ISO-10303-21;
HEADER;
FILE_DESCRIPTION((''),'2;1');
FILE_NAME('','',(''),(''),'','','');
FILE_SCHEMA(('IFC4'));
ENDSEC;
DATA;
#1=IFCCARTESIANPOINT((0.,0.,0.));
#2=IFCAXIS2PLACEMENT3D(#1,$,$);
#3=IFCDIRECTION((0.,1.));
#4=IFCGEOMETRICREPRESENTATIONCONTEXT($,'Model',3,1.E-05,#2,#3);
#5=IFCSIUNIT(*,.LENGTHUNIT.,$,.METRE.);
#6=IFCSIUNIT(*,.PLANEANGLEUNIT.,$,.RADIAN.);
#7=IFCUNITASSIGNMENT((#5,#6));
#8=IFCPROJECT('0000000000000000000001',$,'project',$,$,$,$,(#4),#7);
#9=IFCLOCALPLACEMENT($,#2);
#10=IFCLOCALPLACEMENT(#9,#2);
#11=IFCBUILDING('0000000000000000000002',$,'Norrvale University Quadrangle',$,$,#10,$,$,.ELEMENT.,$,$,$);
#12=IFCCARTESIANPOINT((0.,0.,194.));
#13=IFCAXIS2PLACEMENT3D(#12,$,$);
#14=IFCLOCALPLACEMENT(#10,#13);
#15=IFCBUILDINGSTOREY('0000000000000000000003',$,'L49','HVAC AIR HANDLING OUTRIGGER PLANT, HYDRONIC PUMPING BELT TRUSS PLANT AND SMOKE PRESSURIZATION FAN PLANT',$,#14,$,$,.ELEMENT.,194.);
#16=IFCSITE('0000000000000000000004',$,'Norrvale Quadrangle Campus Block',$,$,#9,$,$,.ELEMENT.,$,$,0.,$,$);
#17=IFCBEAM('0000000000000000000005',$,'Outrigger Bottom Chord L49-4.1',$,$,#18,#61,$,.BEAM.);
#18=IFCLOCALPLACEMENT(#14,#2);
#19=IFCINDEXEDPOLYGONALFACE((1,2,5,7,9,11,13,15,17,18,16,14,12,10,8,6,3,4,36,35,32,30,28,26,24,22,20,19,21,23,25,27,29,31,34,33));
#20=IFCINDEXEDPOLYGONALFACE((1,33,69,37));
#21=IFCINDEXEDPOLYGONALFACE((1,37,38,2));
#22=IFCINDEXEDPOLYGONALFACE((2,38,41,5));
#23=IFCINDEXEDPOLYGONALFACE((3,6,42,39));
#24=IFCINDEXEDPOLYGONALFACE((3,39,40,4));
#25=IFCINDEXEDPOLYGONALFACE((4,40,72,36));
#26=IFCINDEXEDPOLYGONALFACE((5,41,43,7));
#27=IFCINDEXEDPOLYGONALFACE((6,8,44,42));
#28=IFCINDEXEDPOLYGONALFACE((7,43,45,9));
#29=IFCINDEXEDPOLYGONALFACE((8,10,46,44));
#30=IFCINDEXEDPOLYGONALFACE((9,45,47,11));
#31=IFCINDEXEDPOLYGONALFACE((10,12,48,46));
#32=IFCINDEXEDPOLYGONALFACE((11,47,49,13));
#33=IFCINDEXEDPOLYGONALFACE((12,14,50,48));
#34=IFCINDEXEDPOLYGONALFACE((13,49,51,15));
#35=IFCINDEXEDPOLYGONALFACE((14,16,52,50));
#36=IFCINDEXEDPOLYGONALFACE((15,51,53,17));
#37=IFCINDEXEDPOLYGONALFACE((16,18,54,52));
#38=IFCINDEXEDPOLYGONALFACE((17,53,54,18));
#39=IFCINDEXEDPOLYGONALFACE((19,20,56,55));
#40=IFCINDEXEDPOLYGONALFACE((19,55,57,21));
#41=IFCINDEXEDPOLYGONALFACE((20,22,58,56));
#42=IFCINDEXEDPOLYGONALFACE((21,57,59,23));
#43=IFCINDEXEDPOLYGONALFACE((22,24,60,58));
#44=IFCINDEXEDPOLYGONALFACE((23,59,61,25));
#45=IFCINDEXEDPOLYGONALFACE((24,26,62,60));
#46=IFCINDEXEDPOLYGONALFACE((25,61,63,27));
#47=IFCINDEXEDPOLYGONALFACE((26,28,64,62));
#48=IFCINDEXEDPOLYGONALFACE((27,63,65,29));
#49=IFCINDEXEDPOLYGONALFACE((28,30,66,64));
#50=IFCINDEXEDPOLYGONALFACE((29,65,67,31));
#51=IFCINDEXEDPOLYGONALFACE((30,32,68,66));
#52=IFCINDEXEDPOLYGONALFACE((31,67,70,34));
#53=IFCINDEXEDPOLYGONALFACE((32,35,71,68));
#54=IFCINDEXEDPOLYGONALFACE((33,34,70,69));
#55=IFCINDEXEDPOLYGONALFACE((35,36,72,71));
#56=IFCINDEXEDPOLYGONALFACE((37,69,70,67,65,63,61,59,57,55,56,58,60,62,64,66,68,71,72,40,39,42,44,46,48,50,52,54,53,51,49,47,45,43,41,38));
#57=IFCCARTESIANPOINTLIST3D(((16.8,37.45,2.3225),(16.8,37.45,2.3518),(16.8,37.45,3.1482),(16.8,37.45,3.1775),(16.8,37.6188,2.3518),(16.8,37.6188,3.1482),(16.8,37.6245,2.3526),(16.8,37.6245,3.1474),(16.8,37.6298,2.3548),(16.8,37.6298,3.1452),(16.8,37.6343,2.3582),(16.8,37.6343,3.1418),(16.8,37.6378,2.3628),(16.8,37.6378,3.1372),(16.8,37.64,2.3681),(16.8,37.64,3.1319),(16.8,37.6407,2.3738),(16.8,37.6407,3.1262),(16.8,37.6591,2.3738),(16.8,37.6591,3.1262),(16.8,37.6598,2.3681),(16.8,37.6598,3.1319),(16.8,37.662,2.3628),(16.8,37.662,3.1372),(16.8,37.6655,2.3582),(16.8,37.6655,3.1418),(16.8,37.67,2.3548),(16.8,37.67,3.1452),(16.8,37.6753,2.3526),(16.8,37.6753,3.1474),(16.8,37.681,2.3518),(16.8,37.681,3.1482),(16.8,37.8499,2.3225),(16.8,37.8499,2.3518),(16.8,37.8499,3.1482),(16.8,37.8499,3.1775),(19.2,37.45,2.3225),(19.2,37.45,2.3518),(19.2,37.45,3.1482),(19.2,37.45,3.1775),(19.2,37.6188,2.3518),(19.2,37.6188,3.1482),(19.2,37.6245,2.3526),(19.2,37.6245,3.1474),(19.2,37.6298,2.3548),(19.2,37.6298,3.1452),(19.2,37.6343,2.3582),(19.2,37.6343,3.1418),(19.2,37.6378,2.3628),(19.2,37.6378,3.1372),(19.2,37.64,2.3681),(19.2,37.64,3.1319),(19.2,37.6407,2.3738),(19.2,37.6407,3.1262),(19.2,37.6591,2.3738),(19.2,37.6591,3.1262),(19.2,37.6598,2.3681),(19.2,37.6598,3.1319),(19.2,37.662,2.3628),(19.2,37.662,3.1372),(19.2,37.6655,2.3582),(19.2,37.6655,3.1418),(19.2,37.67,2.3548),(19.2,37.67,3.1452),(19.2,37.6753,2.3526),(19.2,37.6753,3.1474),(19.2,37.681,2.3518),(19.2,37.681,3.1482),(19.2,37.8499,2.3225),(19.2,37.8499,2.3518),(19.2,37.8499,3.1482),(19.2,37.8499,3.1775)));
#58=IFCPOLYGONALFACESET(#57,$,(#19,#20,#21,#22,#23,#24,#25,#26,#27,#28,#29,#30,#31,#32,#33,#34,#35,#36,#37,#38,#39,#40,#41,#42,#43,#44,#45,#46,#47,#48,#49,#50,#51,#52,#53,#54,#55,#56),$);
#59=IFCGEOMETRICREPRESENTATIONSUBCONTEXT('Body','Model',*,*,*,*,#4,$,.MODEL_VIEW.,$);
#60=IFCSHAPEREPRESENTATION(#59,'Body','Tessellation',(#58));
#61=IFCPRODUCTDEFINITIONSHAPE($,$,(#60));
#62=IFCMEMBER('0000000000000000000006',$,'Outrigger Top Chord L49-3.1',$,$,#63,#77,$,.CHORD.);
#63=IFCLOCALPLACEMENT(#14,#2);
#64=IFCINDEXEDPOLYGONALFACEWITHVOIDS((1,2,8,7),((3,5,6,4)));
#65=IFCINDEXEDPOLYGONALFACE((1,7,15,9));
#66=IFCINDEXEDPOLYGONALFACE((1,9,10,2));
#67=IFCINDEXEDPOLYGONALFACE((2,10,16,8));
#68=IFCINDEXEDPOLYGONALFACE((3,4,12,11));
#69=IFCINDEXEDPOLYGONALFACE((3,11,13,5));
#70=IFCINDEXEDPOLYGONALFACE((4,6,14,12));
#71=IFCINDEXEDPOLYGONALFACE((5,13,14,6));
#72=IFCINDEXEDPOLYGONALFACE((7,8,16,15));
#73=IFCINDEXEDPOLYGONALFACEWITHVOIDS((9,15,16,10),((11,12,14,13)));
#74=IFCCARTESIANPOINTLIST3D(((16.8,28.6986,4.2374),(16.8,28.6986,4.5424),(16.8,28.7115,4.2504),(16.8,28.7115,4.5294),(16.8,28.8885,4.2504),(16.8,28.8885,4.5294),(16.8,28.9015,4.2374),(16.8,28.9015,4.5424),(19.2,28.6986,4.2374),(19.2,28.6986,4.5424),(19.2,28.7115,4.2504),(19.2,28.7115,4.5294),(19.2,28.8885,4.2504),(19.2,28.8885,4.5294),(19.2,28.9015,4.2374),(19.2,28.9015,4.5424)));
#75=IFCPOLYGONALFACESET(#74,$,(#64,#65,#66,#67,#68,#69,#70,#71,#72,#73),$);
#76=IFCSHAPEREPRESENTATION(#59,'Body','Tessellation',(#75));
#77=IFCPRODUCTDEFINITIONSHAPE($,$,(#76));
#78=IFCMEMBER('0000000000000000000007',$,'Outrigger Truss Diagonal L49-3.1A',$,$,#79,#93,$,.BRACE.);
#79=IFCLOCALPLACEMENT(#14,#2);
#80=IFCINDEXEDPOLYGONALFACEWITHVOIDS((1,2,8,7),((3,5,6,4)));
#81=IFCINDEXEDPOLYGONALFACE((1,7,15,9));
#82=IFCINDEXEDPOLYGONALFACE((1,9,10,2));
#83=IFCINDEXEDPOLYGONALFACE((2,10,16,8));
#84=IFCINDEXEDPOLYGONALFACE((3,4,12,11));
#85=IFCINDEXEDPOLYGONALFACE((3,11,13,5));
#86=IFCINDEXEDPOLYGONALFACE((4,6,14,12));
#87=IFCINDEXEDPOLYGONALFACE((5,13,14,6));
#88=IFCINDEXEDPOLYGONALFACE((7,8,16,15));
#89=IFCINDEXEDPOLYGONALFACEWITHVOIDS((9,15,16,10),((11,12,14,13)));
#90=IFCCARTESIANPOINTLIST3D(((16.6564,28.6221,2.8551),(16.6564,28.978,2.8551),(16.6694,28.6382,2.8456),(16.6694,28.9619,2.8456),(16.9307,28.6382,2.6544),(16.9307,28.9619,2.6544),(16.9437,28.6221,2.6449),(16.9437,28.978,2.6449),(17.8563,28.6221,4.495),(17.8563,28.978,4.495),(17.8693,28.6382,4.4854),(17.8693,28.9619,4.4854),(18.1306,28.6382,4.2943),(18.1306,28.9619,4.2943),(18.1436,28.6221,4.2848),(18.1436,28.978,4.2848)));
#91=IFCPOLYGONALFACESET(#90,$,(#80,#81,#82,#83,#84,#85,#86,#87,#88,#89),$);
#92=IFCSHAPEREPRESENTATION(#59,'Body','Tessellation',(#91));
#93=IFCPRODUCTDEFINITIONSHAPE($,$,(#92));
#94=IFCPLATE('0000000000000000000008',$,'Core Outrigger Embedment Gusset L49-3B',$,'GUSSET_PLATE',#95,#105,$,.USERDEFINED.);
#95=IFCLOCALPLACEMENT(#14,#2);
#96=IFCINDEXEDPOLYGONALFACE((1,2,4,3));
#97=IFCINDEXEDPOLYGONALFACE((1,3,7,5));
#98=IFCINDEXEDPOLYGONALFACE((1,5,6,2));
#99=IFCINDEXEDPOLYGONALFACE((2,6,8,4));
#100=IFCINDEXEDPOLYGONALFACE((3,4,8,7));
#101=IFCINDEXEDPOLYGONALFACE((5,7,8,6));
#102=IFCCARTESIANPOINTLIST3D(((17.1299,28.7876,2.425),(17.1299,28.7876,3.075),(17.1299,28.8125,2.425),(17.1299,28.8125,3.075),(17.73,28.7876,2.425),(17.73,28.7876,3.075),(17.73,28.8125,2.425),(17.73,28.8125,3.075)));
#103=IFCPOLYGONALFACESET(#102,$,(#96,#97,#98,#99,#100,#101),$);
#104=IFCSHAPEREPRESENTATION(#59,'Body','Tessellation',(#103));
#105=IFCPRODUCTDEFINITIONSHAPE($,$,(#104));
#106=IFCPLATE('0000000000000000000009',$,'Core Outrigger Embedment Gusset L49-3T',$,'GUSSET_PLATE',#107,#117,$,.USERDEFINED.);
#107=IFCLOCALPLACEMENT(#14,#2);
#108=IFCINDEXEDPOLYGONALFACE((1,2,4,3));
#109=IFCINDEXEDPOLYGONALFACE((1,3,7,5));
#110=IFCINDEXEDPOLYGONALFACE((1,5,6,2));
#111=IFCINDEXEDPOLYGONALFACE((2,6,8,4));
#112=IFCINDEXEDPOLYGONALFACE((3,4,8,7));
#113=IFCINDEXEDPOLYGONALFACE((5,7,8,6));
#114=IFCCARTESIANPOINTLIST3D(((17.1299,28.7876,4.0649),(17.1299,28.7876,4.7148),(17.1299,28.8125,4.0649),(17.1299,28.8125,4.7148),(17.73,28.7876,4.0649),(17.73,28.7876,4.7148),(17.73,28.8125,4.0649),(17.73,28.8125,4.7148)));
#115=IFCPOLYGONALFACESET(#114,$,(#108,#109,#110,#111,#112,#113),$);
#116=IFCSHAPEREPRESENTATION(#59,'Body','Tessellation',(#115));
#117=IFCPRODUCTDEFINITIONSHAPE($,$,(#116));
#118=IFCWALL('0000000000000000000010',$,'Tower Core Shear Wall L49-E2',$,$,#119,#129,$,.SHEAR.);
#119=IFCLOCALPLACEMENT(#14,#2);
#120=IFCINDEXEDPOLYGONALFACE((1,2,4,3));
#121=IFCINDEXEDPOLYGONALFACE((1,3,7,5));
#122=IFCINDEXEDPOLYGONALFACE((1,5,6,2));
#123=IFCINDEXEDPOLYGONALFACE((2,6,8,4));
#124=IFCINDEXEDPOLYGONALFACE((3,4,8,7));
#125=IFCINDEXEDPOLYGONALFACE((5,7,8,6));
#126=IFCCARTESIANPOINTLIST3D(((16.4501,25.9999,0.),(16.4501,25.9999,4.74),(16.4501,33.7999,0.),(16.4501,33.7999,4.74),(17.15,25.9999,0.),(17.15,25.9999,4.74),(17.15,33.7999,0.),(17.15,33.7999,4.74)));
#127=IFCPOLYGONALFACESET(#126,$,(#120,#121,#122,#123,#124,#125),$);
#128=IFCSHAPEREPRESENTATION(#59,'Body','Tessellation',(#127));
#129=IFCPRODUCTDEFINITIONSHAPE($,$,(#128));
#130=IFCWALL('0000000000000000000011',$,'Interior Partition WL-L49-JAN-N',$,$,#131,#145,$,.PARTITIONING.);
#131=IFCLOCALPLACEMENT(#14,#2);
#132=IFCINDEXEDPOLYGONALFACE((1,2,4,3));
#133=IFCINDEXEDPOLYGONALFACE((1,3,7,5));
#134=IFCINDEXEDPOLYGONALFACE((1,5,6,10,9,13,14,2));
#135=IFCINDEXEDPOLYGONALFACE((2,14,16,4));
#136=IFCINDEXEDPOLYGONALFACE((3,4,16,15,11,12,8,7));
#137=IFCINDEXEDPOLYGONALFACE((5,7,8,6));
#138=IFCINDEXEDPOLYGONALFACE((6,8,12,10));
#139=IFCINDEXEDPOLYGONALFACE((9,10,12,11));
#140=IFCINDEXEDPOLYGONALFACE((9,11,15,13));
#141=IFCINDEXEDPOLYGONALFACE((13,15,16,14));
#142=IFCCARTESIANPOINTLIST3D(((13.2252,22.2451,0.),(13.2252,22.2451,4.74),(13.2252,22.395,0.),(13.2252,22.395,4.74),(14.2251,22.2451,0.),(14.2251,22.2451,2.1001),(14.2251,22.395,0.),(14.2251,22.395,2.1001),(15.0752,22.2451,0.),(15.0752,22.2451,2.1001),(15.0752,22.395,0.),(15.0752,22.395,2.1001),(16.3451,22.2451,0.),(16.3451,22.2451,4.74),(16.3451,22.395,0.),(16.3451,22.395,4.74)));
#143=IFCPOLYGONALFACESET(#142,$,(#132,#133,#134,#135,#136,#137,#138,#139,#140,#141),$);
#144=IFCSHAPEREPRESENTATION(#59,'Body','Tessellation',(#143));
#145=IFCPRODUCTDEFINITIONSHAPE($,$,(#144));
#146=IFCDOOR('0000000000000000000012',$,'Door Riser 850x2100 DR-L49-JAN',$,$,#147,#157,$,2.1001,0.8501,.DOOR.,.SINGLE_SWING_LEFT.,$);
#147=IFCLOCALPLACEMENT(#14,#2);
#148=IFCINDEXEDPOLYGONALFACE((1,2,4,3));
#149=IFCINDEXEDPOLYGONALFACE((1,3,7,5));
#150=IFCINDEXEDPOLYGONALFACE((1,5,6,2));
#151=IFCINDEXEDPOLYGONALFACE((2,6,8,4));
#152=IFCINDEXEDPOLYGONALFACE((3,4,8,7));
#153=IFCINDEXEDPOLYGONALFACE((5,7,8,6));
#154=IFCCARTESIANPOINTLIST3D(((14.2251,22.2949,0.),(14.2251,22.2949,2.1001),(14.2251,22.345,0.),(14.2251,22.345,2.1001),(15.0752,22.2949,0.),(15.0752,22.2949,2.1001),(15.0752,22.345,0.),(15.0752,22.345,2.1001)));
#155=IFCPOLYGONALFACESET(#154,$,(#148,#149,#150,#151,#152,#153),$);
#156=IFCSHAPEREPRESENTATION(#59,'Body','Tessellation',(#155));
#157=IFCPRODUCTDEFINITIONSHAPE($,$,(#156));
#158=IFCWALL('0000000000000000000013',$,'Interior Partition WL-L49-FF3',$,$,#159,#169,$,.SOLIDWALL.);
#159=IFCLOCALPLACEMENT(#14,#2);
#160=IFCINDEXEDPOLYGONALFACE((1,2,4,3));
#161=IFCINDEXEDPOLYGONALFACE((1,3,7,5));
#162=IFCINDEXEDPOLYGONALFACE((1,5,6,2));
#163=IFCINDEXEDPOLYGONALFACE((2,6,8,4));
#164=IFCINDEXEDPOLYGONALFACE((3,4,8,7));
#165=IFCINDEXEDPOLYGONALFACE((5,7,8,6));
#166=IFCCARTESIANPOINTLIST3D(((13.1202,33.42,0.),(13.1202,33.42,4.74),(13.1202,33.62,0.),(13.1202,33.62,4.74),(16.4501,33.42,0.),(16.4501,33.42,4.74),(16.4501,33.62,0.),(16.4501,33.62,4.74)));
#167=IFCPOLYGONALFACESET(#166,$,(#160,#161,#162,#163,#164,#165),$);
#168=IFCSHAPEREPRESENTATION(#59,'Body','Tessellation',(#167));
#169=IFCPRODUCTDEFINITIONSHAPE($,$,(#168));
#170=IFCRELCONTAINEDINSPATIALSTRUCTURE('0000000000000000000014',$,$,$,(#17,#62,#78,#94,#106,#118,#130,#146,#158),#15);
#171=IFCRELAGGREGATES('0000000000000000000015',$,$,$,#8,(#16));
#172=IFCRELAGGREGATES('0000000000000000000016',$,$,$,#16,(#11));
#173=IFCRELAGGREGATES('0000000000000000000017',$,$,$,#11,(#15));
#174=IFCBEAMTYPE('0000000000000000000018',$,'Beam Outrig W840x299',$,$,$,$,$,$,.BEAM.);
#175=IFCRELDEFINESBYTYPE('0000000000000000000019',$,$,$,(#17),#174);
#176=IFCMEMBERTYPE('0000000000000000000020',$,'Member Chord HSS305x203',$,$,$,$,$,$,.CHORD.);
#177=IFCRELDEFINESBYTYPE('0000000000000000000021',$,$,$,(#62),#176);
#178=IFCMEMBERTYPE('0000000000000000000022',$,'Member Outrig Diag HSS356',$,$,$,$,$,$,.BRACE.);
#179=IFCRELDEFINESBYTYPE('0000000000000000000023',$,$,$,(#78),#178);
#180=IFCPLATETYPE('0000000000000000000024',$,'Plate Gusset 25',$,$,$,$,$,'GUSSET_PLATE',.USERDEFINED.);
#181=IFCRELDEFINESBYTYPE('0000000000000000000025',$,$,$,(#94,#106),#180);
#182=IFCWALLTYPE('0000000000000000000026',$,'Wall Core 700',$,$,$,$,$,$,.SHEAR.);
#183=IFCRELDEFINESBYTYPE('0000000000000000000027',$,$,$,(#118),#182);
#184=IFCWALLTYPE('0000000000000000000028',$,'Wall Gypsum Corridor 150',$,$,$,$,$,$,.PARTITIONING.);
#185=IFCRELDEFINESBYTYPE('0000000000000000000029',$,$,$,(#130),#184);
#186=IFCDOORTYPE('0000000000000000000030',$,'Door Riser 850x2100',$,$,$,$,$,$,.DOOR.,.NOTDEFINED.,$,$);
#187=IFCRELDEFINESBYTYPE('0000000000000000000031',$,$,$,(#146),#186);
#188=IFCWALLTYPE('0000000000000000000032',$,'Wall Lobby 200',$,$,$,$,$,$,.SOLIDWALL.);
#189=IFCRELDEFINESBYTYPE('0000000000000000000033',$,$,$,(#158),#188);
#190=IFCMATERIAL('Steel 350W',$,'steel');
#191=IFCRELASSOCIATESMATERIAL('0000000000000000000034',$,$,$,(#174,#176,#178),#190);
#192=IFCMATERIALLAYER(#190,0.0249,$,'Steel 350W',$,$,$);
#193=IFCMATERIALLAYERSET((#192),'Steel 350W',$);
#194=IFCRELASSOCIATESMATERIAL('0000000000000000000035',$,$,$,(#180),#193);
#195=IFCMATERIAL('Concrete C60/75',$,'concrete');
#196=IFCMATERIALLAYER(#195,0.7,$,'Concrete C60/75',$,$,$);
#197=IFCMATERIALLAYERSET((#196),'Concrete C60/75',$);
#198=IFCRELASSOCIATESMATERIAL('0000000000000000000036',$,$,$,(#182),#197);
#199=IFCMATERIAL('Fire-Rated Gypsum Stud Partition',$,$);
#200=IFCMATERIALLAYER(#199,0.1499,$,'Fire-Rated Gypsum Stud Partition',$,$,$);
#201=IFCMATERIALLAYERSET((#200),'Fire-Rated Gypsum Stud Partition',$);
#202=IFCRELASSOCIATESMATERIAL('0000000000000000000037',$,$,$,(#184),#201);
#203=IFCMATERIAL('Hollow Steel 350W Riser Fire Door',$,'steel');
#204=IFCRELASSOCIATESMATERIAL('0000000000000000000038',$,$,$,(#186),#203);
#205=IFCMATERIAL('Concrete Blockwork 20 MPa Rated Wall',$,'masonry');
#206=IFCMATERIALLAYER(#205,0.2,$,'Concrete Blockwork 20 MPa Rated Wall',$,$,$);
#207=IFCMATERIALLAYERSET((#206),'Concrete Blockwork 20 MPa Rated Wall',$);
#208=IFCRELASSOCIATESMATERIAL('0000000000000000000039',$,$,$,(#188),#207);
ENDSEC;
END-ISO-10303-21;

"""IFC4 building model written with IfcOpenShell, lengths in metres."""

from ifc_helpers import new_model, si_unit, direction, frame, frame_2d, origin, origin_2d, place, context, subcontext, project, spatial, rectangle, hollow_rectangle, i_section, extrude, material, layer, layer_set, material_profile, profile_set, type_object, element, fill, save


model = new_model("IFC4")

# Units and contexts
model_context = context("Model", 3, precision=1e-05, world=origin(), true_north=direction((0.0, 1.0)))
body_context = subcontext(model_context, "Body", "Model", "MODEL_VIEW")
ifc_project = project(units=[si_unit("LENGTHUNIT", "METRE"), si_unit("PLANEANGLEUNIT", "RADIAN")], contexts=[model_context])

# Site, building, storey
site_placement = place(None, origin())
site = spatial("IfcSite", under=ifc_project, at=site_placement, Name="Norrvale Quadrangle Campus Block", CompositionType="ELEMENT", RefElevation=0.0)
building_placement = place(site_placement, origin())
building = spatial("IfcBuilding", under=site, at=building_placement, Name="Norrvale University Quadrangle", CompositionType="ELEMENT")
storey_placement = place(building_placement, frame((0.0, 0.0, 194.0)))
storey = spatial("IfcBuildingStorey", under=building, at=storey_placement, Name="L49", Description="HVAC AIR HANDLING OUTRIGGER PLANT, HYDRONIC PUMPING BELT TRUSS PLANT AND SMOKE PRESSURIZATION FAN PLANT", CompositionType="ELEMENT", Elevation=194.0)

# Shared definitions
ifc_material_1 = material(Name="Concrete C60/75", Category="concrete")

# Beam
ifc_material_2 = material(Name="Steel 350W", Category="steel")
ifc_material_profile_1 = material_profile(ifc_material_2, i_section(OverallWidth=0.3999, OverallDepth=0.855, WebThickness=0.0183, FlangeThickness=0.0293, FilletRadius=0.022, at=origin_2d()), Name="Steel 350W")
ifc_profile_set_1 = profile_set([ifc_material_profile_1], Name="Steel 350W")
beam_type_1 = type_object("IfcBeamType", Name="Beam Outrig W840x299", PredefinedType="BEAM", material=ifc_profile_set_1)
for number, where, z_axis, x_axis, name in (
    (1, (16.8, 37.6499, 2.75), (1.0, 0.0, 0.0), (0.0, 1.0, 0.0), "Outrigger Bottom Chord L49-4.1"),
):
    element("IfcBeam", number, at=place(storey_placement, frame(where, z_axis=z_axis, x_axis=x_axis)), inside=storey, type_object=beam_type_1, Name=name, PredefinedType="BEAM", context=body_context, shape_type="SweptSolid", body=[
        extrude(i_section(OverallWidth=0.3999, OverallDepth=0.855, WebThickness=0.0183, FlangeThickness=0.0293, FilletRadius=0.022, at=origin_2d()), origin(), (0.0, 0.0, 1.0), 2.3999),
    ])

# Members
ifc_material_profile_2 = material_profile(ifc_material_2, hollow_rectangle(XDim=0.2029, YDim=0.3049, WallThickness=0.0129, at=origin_2d()), Name="Steel 350W")
ifc_profile_set_2 = profile_set([ifc_material_profile_2], Name="Steel 350W")
member_type_1 = type_object("IfcMemberType", Name="Member Chord HSS305x203", PredefinedType="CHORD", material=ifc_profile_set_2)
member_1_placement = place(storey_placement, frame((16.8, 28.8, 4.3899), z_axis=(1.0, 0.0, 0.0), x_axis=(0.0, 1.0, 0.0)))
element("IfcMember", 2, at=member_1_placement, inside=storey, type_object=member_type_1, Name="Outrigger Top Chord L49-3.1", PredefinedType="CHORD", context=body_context, shape_type="SweptSolid", body=[
    extrude(hollow_rectangle(XDim=0.2029, YDim=0.3049, WallThickness=0.0129, at=origin_2d()), origin(), (0.0, 0.0, 1.0), 2.3999),
])
ifc_material_profile_3 = material_profile(ifc_material_2, hollow_rectangle(XDim=0.356, YDim=0.356, WallThickness=0.0161, at=origin_2d()), Name="Steel 350W")
ifc_profile_set_3 = profile_set([ifc_material_profile_3], Name="Steel 350W")
member_type_2 = type_object("IfcMemberType", Name="Member Outrig Diag HSS356", PredefinedType="BRACE", material=ifc_profile_set_3)
member_2_placement = place(storey_placement, frame((16.8, 28.8, 2.75), z_axis=(0.59052, 0.0, 0.807023), x_axis=(0.0, 1.0, 0.0)))
element("IfcMember", 3, at=member_2_placement, inside=storey, type_object=member_type_2, Name="Outrigger Truss Diagonal L49-3.1A", PredefinedType="BRACE", context=body_context, shape_type="SweptSolid", body=[
    extrude(hollow_rectangle(XDim=0.356, YDim=0.356, WallThickness=0.0161, at=origin_2d()), origin(), (0.0, 0.0, 1.0), 2.032),
])

# Plates
ifc_layer_1 = layer(ifc_material_2, 0.0249, Name="Steel 350W")
ifc_layer_set_1 = layer_set([ifc_layer_1], Name="Steel 350W")
plate_type = type_object("IfcPlateType", Name="Plate Gusset 25", ElementType="GUSSET_PLATE", PredefinedType="USERDEFINED", material=ifc_layer_set_1)
for number, where, z_axis, x_axis, name in (
    (4, (17.4299, 28.8, 2.425), (0.0, 0.0, 1.0), (1.0, 0.0, 0.0), "Core Outrigger Embedment Gusset L49-3B"),
    (5, (17.4299, 28.8, 4.0649), (0.0, 0.0, 1.0), (1.0, 0.0, 0.0), "Core Outrigger Embedment Gusset L49-3T"),
):
    element("IfcPlate", number, at=place(storey_placement, frame(where, z_axis=z_axis, x_axis=x_axis)), inside=storey, type_object=plate_type, Name=name, ObjectType="GUSSET_PLATE", PredefinedType="USERDEFINED", context=body_context, shape_type="SweptSolid", body=[
        extrude(rectangle(XDim=0.6001, YDim=0.0249, at=origin_2d()), origin(), (0.0, 0.0, 1.0), 0.6499),
    ])

# Wall
ifc_layer_2 = layer(ifc_material_1, 0.7, Name="Concrete C60/75")
ifc_layer_set_2 = layer_set([ifc_layer_2], Name="Concrete C60/75")
wall_type_1 = type_object("IfcWallType", Name="Wall Core 700", PredefinedType="SHEAR", material=ifc_layer_set_2)
wall_1_placement = place(storey_placement, frame((16.8, 26.0, 0.0), z_axis=(0.0, 0.0, 1.0), x_axis=(0.0, 1.0, 0.0)))
element("IfcWall", 6, at=wall_1_placement, inside=storey, type_object=wall_type_1, Name="Tower Core Shear Wall L49-E2", PredefinedType="SHEAR", context=body_context, shape_type="SweptSolid", body=[
    extrude(rectangle(XDim=7.8, YDim=0.7, at=frame_2d((3.8999, 0.0))), origin(), (0.0, 0.0, 1.0), 4.74),
])

# Wall, opening, door
ifc_material_3 = material(Name="Fire-Rated Gypsum Stud Partition")
ifc_layer_3 = layer(ifc_material_3, 0.1499, Name="Fire-Rated Gypsum Stud Partition")
ifc_layer_set_3 = layer_set([ifc_layer_3], Name="Fire-Rated Gypsum Stud Partition")
wall_type_2 = type_object("IfcWallType", Name="Wall Gypsum Corridor 150", PredefinedType="PARTITIONING", material=ifc_layer_set_3)
wall_2_placement = place(storey_placement, frame((13.2251, 22.3201, 0.0), z_axis=(0.0, 0.0, 1.0), x_axis=(1.0, 0.0, 0.0)))
wall_2 = element("IfcWall", 7, at=wall_2_placement, inside=storey, type_object=wall_type_2, Name="Interior Partition WL-L49-JAN-N", PredefinedType="PARTITIONING", context=body_context, shape_type="SweptSolid", body=[
    extrude(rectangle(XDim=3.1199, YDim=0.1499, at=frame_2d((1.5601, 0.0))), origin(), (0.0, 0.0, 1.0), 4.74),
])
opening_1_placement = place(wall_2_placement, frame((1.0, 0.0, 0.0)))
opening_1 = element("IfcOpeningElement", 8, at=opening_1_placement, cuts=wall_2, PredefinedType="OPENING", context=body_context, shape_type="SweptSolid", body=[
    extrude(rectangle(XDim=0.8501, YDim=2.1001, at=frame_2d((0.425, 1.05))), frame((0.0, 0.0869, 0.0), z_axis=(0.0, -1.0, 0.0), x_axis=(1.0, 0.0, 0.0)), (0.0, 0.0, 1.0), 0.1738),
])
ifc_material_4 = material(Name="Hollow Steel 350W Riser Fire Door", Category="steel")
door_type_1 = type_object("IfcDoorType", Name="Door Riser 850x2100", OperationType="NOTDEFINED", PredefinedType="DOOR", material=ifc_material_4)
door_1_placement = place(opening_1_placement, origin())
door_1 = element("IfcDoor", 9, at=door_1_placement, inside=storey, type_object=door_type_1, Name="Door Riser 850x2100 DR-L49-JAN", OperationType="SINGLE_SWING_LEFT", OverallHeight=2.1001, OverallWidth=0.8501, PredefinedType="DOOR", context=body_context, shape_type="SweptSolid", body=[
    extrude(rectangle(XDim=0.8501, YDim=2.1001, at=frame_2d((0.425, 1.05))), frame((0.0, 0.0249, 0.0), z_axis=(0.0, -1.0, 0.0), x_axis=(1.0, 0.0, 0.0)), (0.0, 0.0, 1.0), 0.05),
])
fill(opening_1, door_1)

# Wall
ifc_material_5 = material(Name="Concrete Blockwork 20 MPa Rated Wall", Category="masonry")
ifc_layer_4 = layer(ifc_material_5, 0.2, Name="Concrete Blockwork 20 MPa Rated Wall")
ifc_layer_set_4 = layer_set([ifc_layer_4], Name="Concrete Blockwork 20 MPa Rated Wall")
wall_type_3 = type_object("IfcWallType", Name="Wall Lobby 200", PredefinedType="SOLIDWALL", material=ifc_layer_set_4)
wall_3_placement = place(storey_placement, frame((13.1201, 33.52, 0.0), z_axis=(0.0, 0.0, 1.0), x_axis=(1.0, 0.0, 0.0)))
element("IfcWall", 10, at=wall_3_placement, inside=storey, type_object=wall_type_3, Name="Interior Partition WL-L49-FF3", PredefinedType="SOLIDWALL", context=body_context, shape_type="SweptSolid", body=[
    extrude(rectangle(XDim=3.3298, YDim=0.2, at=frame_2d((1.665, 0.0))), origin(), (0.0, 0.0, 1.0), 4.74),
])

save(model, "model.ifc")
